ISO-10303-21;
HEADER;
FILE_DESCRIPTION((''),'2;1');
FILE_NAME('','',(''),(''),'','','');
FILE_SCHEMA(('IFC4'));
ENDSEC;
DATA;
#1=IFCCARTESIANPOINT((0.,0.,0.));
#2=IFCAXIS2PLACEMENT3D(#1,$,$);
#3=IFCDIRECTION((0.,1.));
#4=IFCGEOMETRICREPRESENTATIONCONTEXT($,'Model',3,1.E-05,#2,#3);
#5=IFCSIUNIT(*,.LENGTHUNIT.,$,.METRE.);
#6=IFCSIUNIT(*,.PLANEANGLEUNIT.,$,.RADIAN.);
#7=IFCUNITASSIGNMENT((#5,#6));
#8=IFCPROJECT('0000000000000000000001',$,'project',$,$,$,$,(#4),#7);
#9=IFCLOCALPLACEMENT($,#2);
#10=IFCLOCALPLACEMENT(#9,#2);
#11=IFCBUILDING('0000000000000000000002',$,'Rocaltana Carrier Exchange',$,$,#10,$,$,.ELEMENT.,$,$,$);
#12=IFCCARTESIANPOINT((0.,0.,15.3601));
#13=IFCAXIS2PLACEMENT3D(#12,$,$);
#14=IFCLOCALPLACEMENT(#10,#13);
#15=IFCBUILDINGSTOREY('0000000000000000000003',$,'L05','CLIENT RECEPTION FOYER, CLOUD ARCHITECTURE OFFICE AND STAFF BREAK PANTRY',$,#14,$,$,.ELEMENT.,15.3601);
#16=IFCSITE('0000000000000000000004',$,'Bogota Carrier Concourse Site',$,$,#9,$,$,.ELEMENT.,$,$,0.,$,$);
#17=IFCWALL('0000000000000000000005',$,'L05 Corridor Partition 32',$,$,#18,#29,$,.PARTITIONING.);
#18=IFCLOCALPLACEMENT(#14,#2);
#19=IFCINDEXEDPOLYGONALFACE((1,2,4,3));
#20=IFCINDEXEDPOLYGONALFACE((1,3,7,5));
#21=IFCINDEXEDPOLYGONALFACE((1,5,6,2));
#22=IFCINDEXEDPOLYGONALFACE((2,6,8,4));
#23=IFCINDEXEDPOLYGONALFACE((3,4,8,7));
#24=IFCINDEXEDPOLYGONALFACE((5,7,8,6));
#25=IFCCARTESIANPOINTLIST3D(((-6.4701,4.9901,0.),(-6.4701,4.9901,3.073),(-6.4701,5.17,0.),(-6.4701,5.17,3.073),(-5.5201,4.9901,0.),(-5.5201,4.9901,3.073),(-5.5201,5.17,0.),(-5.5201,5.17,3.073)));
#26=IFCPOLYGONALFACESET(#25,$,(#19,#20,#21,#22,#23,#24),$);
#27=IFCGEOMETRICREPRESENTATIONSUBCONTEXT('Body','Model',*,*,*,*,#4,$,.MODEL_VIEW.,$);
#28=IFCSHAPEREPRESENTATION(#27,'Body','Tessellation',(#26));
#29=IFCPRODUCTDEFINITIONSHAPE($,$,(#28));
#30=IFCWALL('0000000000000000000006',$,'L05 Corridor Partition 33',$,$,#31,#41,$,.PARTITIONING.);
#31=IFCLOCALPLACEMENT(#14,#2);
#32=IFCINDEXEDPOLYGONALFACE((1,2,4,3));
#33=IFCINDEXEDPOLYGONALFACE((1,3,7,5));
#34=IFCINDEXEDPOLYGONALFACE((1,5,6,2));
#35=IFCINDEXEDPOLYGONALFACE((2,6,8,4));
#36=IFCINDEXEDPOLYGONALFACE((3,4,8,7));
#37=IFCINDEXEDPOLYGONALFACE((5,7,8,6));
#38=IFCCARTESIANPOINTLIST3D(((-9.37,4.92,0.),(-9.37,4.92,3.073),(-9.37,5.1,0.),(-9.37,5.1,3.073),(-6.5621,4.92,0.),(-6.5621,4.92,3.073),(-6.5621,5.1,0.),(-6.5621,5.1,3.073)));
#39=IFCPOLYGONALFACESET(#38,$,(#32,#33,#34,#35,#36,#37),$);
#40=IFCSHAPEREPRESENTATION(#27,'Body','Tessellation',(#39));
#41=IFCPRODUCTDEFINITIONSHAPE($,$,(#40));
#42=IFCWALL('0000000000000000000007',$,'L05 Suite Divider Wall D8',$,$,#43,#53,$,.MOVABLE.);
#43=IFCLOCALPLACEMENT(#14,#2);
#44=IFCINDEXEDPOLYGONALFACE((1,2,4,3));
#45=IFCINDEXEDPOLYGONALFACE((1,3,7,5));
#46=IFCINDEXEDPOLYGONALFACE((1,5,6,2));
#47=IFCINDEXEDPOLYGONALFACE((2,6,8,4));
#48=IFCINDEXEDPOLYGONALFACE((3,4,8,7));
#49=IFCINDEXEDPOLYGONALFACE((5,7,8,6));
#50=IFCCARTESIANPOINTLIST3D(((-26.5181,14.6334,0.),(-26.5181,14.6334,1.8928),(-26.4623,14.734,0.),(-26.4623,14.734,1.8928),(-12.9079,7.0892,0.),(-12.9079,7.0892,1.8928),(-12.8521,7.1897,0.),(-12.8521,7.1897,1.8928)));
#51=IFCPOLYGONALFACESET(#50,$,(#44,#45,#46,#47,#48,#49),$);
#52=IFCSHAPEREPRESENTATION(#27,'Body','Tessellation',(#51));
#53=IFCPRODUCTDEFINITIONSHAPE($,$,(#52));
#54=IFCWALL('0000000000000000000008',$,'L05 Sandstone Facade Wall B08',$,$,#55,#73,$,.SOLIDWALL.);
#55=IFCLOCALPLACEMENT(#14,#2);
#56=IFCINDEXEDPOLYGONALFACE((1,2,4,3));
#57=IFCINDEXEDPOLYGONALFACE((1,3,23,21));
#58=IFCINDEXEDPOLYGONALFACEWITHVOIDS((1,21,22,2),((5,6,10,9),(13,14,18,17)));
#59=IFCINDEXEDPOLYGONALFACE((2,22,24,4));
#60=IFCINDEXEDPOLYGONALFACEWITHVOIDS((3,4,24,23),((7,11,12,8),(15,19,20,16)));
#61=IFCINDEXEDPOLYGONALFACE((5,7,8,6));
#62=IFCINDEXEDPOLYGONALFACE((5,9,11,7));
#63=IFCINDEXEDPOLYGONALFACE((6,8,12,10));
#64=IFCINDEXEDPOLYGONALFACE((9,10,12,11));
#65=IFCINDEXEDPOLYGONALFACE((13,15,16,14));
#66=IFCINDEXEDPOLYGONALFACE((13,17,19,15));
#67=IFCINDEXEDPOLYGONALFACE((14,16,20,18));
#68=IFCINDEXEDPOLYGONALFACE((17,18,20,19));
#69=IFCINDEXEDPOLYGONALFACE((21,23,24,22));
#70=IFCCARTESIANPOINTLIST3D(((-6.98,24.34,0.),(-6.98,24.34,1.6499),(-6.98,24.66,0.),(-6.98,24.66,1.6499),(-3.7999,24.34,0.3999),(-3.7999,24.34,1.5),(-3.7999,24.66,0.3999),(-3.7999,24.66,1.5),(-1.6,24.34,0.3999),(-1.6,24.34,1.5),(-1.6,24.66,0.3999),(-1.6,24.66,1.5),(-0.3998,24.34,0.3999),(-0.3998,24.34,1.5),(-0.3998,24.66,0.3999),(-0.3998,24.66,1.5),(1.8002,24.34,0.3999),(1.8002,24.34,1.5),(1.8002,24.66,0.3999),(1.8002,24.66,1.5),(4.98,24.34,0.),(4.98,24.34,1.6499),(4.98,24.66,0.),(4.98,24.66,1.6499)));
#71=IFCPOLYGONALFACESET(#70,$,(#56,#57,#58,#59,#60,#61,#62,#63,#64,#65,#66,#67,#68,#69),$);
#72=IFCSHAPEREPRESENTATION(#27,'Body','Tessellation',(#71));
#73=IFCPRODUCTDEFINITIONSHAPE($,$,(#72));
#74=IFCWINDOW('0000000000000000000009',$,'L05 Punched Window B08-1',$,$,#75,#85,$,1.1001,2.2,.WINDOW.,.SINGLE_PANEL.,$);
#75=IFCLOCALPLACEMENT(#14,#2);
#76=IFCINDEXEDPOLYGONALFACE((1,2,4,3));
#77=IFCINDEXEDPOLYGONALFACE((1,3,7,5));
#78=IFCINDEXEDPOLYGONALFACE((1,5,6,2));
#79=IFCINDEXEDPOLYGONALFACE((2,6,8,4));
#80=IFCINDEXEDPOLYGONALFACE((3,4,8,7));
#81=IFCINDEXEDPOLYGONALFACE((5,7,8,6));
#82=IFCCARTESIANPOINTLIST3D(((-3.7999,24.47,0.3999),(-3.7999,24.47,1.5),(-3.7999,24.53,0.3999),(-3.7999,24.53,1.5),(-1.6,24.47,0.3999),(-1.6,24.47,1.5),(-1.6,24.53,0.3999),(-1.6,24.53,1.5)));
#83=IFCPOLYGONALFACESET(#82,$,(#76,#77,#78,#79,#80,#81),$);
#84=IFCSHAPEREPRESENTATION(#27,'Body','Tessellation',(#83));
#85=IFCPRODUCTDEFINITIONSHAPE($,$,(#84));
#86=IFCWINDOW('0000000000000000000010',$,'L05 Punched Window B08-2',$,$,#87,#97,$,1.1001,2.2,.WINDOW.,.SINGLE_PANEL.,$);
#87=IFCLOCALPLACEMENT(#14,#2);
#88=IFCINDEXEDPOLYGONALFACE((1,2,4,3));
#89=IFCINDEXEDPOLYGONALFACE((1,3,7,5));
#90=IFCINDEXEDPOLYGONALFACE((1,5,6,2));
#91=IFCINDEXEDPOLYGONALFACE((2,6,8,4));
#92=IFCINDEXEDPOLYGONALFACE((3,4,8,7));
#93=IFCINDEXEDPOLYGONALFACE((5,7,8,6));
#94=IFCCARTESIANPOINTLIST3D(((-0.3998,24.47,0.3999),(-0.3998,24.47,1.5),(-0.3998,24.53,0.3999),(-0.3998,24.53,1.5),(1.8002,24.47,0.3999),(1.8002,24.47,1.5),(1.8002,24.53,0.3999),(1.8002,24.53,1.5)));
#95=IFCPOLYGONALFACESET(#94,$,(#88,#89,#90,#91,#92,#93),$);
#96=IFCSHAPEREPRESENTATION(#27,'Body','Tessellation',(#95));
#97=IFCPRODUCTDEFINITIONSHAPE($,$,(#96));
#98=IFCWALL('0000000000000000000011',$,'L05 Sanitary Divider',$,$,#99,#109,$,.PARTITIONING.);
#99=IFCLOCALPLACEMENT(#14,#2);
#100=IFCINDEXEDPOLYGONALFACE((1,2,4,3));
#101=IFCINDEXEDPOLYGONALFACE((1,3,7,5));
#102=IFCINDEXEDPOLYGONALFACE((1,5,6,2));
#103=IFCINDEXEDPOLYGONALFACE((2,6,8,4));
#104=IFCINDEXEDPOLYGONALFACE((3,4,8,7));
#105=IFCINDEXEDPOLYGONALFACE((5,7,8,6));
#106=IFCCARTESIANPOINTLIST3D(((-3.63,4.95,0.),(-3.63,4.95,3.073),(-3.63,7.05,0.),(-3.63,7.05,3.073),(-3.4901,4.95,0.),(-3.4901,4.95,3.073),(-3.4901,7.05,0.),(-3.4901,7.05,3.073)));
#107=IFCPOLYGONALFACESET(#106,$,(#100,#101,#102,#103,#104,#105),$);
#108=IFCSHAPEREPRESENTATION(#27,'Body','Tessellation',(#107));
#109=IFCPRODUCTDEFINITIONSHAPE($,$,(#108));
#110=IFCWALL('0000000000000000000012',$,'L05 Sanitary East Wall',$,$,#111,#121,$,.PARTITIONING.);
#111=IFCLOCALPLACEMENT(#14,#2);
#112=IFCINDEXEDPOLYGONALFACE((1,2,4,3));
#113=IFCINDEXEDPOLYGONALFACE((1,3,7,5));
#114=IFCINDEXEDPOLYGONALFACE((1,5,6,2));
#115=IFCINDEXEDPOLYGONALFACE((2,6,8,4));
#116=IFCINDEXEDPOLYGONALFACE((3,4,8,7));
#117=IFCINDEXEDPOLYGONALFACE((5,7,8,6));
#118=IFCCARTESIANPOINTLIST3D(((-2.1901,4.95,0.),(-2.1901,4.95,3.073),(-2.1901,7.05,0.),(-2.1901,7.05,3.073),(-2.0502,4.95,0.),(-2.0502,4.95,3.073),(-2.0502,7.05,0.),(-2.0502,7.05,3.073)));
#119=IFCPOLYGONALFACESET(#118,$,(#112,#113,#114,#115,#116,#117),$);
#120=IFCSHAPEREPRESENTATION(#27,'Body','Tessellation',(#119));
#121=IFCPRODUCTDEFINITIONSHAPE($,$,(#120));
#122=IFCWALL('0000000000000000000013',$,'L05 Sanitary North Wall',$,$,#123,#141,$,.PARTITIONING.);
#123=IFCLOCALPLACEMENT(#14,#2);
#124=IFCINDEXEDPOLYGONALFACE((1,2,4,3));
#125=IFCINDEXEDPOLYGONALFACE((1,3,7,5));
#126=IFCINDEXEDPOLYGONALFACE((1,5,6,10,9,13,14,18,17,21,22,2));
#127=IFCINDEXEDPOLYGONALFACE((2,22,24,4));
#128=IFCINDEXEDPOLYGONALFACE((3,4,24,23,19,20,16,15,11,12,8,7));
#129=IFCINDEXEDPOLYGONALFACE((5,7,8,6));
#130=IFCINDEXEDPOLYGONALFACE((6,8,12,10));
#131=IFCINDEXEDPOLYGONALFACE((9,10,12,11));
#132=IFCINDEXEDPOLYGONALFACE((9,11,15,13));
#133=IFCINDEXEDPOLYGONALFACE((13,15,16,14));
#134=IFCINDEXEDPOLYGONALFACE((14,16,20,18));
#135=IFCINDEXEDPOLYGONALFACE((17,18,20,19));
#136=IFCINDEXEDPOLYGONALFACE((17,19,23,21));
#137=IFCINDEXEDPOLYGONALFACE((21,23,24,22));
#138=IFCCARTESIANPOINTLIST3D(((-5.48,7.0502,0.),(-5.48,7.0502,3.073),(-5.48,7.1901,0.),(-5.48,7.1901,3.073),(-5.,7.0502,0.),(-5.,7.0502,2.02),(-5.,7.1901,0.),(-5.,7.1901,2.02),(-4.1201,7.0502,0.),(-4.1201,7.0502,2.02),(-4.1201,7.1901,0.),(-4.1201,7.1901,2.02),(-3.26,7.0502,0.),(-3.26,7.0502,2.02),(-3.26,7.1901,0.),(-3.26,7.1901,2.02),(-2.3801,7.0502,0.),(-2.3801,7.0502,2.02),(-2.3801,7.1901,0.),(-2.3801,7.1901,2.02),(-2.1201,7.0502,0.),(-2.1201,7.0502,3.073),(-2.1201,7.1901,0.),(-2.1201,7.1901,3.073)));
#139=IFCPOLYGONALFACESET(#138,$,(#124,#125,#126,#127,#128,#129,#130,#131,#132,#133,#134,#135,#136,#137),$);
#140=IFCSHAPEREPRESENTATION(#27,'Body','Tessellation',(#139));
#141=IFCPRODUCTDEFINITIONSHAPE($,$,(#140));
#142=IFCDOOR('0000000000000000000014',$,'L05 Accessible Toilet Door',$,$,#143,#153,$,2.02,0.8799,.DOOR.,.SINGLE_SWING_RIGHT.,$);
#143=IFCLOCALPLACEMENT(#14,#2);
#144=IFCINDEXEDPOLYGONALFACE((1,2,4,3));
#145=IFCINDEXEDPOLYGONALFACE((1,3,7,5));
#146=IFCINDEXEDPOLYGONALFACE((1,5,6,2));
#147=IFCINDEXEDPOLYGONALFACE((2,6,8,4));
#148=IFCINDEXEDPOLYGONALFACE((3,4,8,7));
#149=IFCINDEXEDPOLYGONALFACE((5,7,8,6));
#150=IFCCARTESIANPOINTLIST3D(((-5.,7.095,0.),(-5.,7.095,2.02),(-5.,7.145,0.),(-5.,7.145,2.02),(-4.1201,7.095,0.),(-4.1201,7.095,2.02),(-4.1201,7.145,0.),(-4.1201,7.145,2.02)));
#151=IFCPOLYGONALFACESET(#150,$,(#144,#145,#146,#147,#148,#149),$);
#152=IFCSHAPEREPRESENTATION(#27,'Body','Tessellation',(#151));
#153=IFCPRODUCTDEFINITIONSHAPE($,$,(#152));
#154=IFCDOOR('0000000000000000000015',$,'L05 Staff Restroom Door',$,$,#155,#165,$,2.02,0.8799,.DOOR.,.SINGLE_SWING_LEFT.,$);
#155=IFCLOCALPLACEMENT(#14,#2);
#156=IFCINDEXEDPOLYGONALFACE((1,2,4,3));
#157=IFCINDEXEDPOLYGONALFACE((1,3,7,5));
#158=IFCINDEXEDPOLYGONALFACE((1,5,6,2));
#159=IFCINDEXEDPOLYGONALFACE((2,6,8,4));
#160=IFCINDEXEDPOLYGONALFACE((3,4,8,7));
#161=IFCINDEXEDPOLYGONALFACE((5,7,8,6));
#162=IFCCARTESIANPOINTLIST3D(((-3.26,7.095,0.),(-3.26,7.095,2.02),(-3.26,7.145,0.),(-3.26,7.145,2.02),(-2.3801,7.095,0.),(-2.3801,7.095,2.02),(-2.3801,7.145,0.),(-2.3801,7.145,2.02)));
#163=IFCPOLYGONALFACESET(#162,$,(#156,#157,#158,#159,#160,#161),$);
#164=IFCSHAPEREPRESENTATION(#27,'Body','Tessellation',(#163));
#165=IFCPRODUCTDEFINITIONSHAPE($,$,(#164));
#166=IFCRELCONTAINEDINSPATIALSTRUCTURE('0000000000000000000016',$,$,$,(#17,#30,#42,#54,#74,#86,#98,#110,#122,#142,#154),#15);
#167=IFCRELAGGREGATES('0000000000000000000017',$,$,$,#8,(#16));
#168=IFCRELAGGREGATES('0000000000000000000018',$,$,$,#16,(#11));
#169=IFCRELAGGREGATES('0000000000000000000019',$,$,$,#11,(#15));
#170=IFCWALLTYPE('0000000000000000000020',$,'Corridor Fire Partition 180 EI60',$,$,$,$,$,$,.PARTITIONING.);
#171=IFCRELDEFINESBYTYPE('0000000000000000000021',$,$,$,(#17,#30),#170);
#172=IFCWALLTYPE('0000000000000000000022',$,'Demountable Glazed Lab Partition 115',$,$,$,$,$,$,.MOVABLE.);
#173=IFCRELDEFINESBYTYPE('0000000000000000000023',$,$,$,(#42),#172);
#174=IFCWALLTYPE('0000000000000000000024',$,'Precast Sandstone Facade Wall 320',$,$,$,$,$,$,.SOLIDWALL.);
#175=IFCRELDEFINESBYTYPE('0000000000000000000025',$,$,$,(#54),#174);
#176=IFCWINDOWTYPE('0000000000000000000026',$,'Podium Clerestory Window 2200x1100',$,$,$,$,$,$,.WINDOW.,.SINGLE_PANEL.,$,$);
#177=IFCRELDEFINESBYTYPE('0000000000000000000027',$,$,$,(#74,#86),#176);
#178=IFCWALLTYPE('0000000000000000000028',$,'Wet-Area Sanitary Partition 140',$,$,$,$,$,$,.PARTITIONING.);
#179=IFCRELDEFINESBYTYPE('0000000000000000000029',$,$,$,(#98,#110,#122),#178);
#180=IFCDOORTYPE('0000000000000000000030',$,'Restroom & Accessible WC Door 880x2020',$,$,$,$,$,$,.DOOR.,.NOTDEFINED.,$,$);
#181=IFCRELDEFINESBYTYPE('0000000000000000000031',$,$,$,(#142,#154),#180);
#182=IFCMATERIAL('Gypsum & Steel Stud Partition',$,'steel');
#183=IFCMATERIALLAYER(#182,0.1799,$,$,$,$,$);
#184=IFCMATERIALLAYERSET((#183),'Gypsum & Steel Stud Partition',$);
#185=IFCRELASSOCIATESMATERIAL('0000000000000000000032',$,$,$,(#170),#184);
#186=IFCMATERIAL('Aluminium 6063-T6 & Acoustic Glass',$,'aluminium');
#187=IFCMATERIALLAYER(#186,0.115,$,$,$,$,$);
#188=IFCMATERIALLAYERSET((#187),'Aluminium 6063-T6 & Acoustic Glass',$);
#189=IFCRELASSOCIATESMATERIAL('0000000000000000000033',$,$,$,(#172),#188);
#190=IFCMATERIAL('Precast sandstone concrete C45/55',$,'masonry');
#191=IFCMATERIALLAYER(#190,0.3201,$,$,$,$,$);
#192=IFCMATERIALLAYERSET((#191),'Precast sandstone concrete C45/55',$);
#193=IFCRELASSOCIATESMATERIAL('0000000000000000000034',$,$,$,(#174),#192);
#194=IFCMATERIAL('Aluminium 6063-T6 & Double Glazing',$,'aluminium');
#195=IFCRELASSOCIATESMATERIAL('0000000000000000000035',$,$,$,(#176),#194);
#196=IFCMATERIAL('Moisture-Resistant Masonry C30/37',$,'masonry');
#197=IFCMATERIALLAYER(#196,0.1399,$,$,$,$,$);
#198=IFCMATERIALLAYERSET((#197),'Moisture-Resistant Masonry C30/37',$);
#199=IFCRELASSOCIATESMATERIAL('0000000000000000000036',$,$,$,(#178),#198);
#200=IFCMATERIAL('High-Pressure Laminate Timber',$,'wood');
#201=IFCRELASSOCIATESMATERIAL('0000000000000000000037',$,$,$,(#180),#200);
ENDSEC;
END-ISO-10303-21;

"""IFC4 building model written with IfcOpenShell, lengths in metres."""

from ifc_helpers import new_model, si_unit, direction, frame, frame_2d, origin, place, context, subcontext, project, spatial, rectangle, extrude, material, layer, layer_set, type_object, element, fill, save


model = new_model("IFC4")

# Units and contexts
model_context = context("Model", 3, precision=1e-05, world=origin(), true_north=direction((0.0, 1.0)))
body_context = subcontext(model_context, "Body", "Model", "MODEL_VIEW")
ifc_project = project(units=[si_unit("LENGTHUNIT", "METRE"), si_unit("PLANEANGLEUNIT", "RADIAN")], contexts=[model_context])

# Site, building, storey
site_placement = place(None, origin())
site = spatial("IfcSite", under=ifc_project, at=site_placement, Name="Bogota Carrier Concourse Site", CompositionType="ELEMENT", RefElevation=0.0)
building_placement = place(site_placement, origin())
building = spatial("IfcBuilding", under=site, at=building_placement, Name="Rocaltana Carrier Exchange", CompositionType="ELEMENT")
storey_placement = place(building_placement, frame((0.0, 0.0, 15.3601)))
storey = spatial("IfcBuildingStorey", under=building, at=storey_placement, Name="L05", Description="CLIENT RECEPTION FOYER, CLOUD ARCHITECTURE OFFICE AND STAFF BREAK PANTRY", CompositionType="ELEMENT", Elevation=15.3601)

# Shared definitions
ifc_material_1 = material(Name="Gypsum & Steel Stud Partition", Category="steel")
ifc_layer_1 = layer(ifc_material_1, 0.1799)
ifc_layer_set_1 = layer_set([ifc_layer_1], Name="Gypsum & Steel Stud Partition")
wall_type_1 = type_object("IfcWallType", Name="Corridor Fire Partition 180 EI60", PredefinedType="PARTITIONING", material=ifc_layer_set_1)

# Walls
wall_1_placement = place(storey_placement, frame((-5.52, 5.0801, 0.0), z_axis=(0.0, 0.0, 1.0), x_axis=(-1.0, 0.0, 0.0)))
element("IfcWall", 1, at=wall_1_placement, inside=storey, type_object=wall_type_1, Name="L05 Corridor Partition 32", PredefinedType="PARTITIONING", context=body_context, shape_type="SweptSolid", body=[
    extrude(rectangle(XDim=0.95, YDim=0.1799, at=frame_2d((0.4751, 0.0))), origin(), (0.0, 0.0, 1.0), 3.073),
])
wall_2_placement = place(storey_placement, frame((-6.5623, 5.01, 0.0), z_axis=(0.0, 0.0, 1.0), x_axis=(-1.0, 0.0, 0.0)))
element("IfcWall", 2, at=wall_2_placement, inside=storey, type_object=wall_type_1, Name="L05 Corridor Partition 33", PredefinedType="PARTITIONING", context=body_context, shape_type="SweptSolid", body=[
    extrude(rectangle(XDim=2.8079, YDim=0.1799, at=frame_2d((1.4038, 0.0))), origin(), (0.0, 0.0, 1.0), 3.073),
])
ifc_material_2 = material(Name="Aluminium 6063-T6 & Acoustic Glass", Category="aluminium")
ifc_layer_2 = layer(ifc_material_2, 0.115)
ifc_layer_set_2 = layer_set([ifc_layer_2], Name="Aluminium 6063-T6 & Acoustic Glass")
wall_type_2 = type_object("IfcWallType", Name="Demountable Glazed Lab Partition 115", PredefinedType="MOVABLE", material=ifc_layer_set_2)
wall_3_placement = place(storey_placement, frame((-12.8799, 7.1394, 0.0), z_axis=(0.0, 0.0, 1.0), x_axis=(-0.87462, 0.484809, 0.0)))
element("IfcWall", 3, at=wall_3_placement, inside=storey, type_object=wall_type_2, Name="L05 Suite Divider Wall D8", PredefinedType="MOVABLE", context=body_context, shape_type="SweptSolid", body=[
    extrude(rectangle(XDim=15.5613, YDim=0.115, at=frame_2d((7.7808, 0.0))), origin(), (0.0, 0.0, 1.0), 1.8928),
])

# Wall, openings, windows
ifc_material_3 = material(Name="Precast sandstone concrete C45/55", Category="masonry")
ifc_layer_3 = layer(ifc_material_3, 0.3201)
ifc_layer_set_3 = layer_set([ifc_layer_3], Name="Precast sandstone concrete C45/55")
wall_type_3 = type_object("IfcWallType", Name="Precast Sandstone Facade Wall 320", PredefinedType="SOLIDWALL", material=ifc_layer_set_3)
wall_4_placement = place(storey_placement, frame((-6.98, 24.5, 0.0), z_axis=(0.0, 0.0, 1.0), x_axis=(1.0, 0.0, 0.0)))
wall_4 = element("IfcWall", 4, at=wall_4_placement, inside=storey, type_object=wall_type_3, Name="L05 Sandstone Facade Wall B08", PredefinedType="SOLIDWALL", context=body_context, shape_type="SweptSolid", body=[
    extrude(rectangle(XDim=11.96, YDim=0.3201, at=frame_2d((5.98, 0.0))), origin(), (0.0, 0.0, 1.0), 1.6499),
])
opening_1_placement = place(wall_4_placement, frame((3.1799, 0.0, 0.3999)))
opening_1 = element("IfcOpeningElement", 5, at=opening_1_placement, cuts=wall_4, PredefinedType="OPENING", context=body_context, shape_type="SweptSolid", body=[
    extrude(rectangle(XDim=2.2, YDim=1.1001, at=frame_2d((1.1001, 0.55))), frame((0.0, 0.1699, 0.0), z_axis=(0.0, -1.0, 0.0), x_axis=(1.0, 0.0, 0.0)), (0.0, 0.0, 1.0), 0.3401),
])
opening_2_placement = place(wall_4_placement, frame((6.5801, 0.0, 0.3999)))
opening_2 = element("IfcOpeningElement", 6, at=opening_2_placement, cuts=wall_4, PredefinedType="OPENING", context=body_context, shape_type="SweptSolid", body=[
    extrude(rectangle(XDim=2.2, YDim=1.1001, at=frame_2d((1.1001, 0.55))), frame((0.0, 0.1699, 0.0), z_axis=(0.0, -1.0, 0.0), x_axis=(1.0, 0.0, 0.0)), (0.0, 0.0, 1.0), 0.3401),
])
ifc_material_4 = material(Name="Aluminium 6063-T6 & Double Glazing", Category="aluminium")
window_type = type_object("IfcWindowType", Name="Podium Clerestory Window 2200x1100", PartitioningType="SINGLE_PANEL", PredefinedType="WINDOW", material=ifc_material_4)
window_1_placement = place(opening_1_placement, origin())
window_1 = element("IfcWindow", 7, at=window_1_placement, inside=storey, type_object=window_type, Name="L05 Punched Window B08-1", OverallHeight=1.1001, OverallWidth=2.2, PartitioningType="SINGLE_PANEL", PredefinedType="WINDOW", context=body_context, shape_type="SweptSolid", body=[
    extrude(rectangle(XDim=2.2, YDim=1.1001, at=frame_2d((1.1001, 0.55))), frame((0.0, 0.03, 0.0), z_axis=(0.0, -1.0, 0.0), x_axis=(1.0, 0.0, 0.0)), (0.0, 0.0, 1.0), 0.0601),
])
fill(opening_1, window_1)
window_2_placement = place(opening_2_placement, origin())
window_2 = element("IfcWindow", 8, at=window_2_placement, inside=storey, type_object=window_type, Name="L05 Punched Window B08-2", OverallHeight=1.1001, OverallWidth=2.2, PartitioningType="SINGLE_PANEL", PredefinedType="WINDOW", context=body_context, shape_type="SweptSolid", body=[
    extrude(rectangle(XDim=2.2, YDim=1.1001, at=frame_2d((1.1001, 0.55))), frame((0.0, 0.03, 0.0), z_axis=(0.0, -1.0, 0.0), x_axis=(1.0, 0.0, 0.0)), (0.0, 0.0, 1.0), 0.0601),
])
fill(opening_2, window_2)

# Walls
ifc_material_5 = material(Name="Moisture-Resistant Masonry C30/37", Category="masonry")
ifc_layer_4 = layer(ifc_material_5, 0.1399)
ifc_layer_set_4 = layer_set([ifc_layer_4], Name="Moisture-Resistant Masonry C30/37")
wall_type_4 = type_object("IfcWallType", Name="Wet-Area Sanitary Partition 140", PredefinedType="PARTITIONING", material=ifc_layer_set_4)
for number, where, z_axis, x_axis, name in (
    (9, (-3.5601, 4.95, 0.0), (0.0, 0.0, 1.0), (0.0, 1.0, 0.0), "L05 Sanitary Divider"),
    (10, (-2.1201, 4.95, 0.0), (0.0, 0.0, 1.0), (0.0, 1.0, 0.0), "L05 Sanitary East Wall"),
):
    element("IfcWall", number, at=place(storey_placement, frame(where, z_axis=z_axis, x_axis=x_axis)), inside=storey, type_object=wall_type_4, Name=name, PredefinedType="PARTITIONING", context=body_context, shape_type="SweptSolid", body=[
        extrude(rectangle(XDim=2.1001, YDim=0.1399, at=frame_2d((1.05, 0.0))), origin(), (0.0, 0.0, 1.0), 3.073),
    ])

# Wall, openings, doors
wall_5_placement = place(storey_placement, frame((-5.48, 7.1201, 0.0), z_axis=(0.0, 0.0, 1.0), x_axis=(1.0, 0.0, 0.0)))
wall_5 = element("IfcWall", 11, at=wall_5_placement, inside=storey, type_object=wall_type_4, Name="L05 Sanitary North Wall", PredefinedType="PARTITIONING", context=body_context, shape_type="SweptSolid", body=[
    extrude(rectangle(XDim=3.3599, YDim=0.1399, at=frame_2d((1.6799, 0.0))), origin(), (0.0, 0.0, 1.0), 3.073),
])
opening_3_placement = place(wall_5_placement, frame((0.48, 0.0, 0.0)))
opening_3 = element("IfcOpeningElement", 12, at=opening_3_placement, cuts=wall_5, PredefinedType="OPENING", context=body_context, shape_type="SweptSolid", body=[
    extrude(rectangle(XDim=0.8799, YDim=2.02, at=frame_2d((0.4399, 1.01))), frame((0.0, 0.0798, 0.0), z_axis=(0.0, -1.0, 0.0), x_axis=(1.0, 0.0, 0.0)), (0.0, 0.0, 1.0), 0.1599),
])
opening_4_placement = place(wall_5_placement, frame((2.22, 0.0, 0.0)))
opening_4 = element("IfcOpeningElement", 13, at=opening_4_placement, cuts=wall_5, PredefinedType="OPENING", context=body_context, shape_type="SweptSolid", body=[
    extrude(rectangle(XDim=0.8799, YDim=2.02, at=frame_2d((0.4399, 1.01))), frame((0.0, 0.0798, 0.0), z_axis=(0.0, -1.0, 0.0), x_axis=(1.0, 0.0, 0.0)), (0.0, 0.0, 1.0), 0.1599),
])
ifc_material_6 = material(Name="High-Pressure Laminate Timber", Category="wood")
door_type_1 = type_object("IfcDoorType", Name="Restroom & Accessible WC Door 880x2020", OperationType="NOTDEFINED", PredefinedType="DOOR", material=ifc_material_6)
door_1_placement = place(opening_3_placement, origin())
door_1 = element("IfcDoor", 14, at=door_1_placement, inside=storey, type_object=door_type_1, Name="L05 Accessible Toilet Door", OperationType="SINGLE_SWING_RIGHT", OverallHeight=2.02, OverallWidth=0.8799, PredefinedType="DOOR", context=body_context, shape_type="SweptSolid", body=[
    extrude(rectangle(XDim=0.8799, YDim=2.02, at=frame_2d((0.4399, 1.01))), frame((0.0, 0.0249, 0.0), z_axis=(0.0, -1.0, 0.0), x_axis=(1.0, 0.0, 0.0)), (0.0, 0.0, 1.0), 0.05),
])
fill(opening_3, door_1)
door_2_placement = place(opening_4_placement, origin())
door_2 = element("IfcDoor", 15, at=door_2_placement, inside=storey, type_object=door_type_1, Name="L05 Staff Restroom Door", OperationType="SINGLE_SWING_LEFT", OverallHeight=2.02, OverallWidth=0.8799, PredefinedType="DOOR", context=body_context, shape_type="SweptSolid", body=[
    extrude(rectangle(XDim=0.8799, YDim=2.02, at=frame_2d((0.4399, 1.01))), frame((0.0, 0.0249, 0.0), z_axis=(0.0, -1.0, 0.0), x_axis=(1.0, 0.0, 0.0)), (0.0, 0.0, 1.0), 0.05),
])
fill(opening_4, door_2)

save(model, "model.ifc")
